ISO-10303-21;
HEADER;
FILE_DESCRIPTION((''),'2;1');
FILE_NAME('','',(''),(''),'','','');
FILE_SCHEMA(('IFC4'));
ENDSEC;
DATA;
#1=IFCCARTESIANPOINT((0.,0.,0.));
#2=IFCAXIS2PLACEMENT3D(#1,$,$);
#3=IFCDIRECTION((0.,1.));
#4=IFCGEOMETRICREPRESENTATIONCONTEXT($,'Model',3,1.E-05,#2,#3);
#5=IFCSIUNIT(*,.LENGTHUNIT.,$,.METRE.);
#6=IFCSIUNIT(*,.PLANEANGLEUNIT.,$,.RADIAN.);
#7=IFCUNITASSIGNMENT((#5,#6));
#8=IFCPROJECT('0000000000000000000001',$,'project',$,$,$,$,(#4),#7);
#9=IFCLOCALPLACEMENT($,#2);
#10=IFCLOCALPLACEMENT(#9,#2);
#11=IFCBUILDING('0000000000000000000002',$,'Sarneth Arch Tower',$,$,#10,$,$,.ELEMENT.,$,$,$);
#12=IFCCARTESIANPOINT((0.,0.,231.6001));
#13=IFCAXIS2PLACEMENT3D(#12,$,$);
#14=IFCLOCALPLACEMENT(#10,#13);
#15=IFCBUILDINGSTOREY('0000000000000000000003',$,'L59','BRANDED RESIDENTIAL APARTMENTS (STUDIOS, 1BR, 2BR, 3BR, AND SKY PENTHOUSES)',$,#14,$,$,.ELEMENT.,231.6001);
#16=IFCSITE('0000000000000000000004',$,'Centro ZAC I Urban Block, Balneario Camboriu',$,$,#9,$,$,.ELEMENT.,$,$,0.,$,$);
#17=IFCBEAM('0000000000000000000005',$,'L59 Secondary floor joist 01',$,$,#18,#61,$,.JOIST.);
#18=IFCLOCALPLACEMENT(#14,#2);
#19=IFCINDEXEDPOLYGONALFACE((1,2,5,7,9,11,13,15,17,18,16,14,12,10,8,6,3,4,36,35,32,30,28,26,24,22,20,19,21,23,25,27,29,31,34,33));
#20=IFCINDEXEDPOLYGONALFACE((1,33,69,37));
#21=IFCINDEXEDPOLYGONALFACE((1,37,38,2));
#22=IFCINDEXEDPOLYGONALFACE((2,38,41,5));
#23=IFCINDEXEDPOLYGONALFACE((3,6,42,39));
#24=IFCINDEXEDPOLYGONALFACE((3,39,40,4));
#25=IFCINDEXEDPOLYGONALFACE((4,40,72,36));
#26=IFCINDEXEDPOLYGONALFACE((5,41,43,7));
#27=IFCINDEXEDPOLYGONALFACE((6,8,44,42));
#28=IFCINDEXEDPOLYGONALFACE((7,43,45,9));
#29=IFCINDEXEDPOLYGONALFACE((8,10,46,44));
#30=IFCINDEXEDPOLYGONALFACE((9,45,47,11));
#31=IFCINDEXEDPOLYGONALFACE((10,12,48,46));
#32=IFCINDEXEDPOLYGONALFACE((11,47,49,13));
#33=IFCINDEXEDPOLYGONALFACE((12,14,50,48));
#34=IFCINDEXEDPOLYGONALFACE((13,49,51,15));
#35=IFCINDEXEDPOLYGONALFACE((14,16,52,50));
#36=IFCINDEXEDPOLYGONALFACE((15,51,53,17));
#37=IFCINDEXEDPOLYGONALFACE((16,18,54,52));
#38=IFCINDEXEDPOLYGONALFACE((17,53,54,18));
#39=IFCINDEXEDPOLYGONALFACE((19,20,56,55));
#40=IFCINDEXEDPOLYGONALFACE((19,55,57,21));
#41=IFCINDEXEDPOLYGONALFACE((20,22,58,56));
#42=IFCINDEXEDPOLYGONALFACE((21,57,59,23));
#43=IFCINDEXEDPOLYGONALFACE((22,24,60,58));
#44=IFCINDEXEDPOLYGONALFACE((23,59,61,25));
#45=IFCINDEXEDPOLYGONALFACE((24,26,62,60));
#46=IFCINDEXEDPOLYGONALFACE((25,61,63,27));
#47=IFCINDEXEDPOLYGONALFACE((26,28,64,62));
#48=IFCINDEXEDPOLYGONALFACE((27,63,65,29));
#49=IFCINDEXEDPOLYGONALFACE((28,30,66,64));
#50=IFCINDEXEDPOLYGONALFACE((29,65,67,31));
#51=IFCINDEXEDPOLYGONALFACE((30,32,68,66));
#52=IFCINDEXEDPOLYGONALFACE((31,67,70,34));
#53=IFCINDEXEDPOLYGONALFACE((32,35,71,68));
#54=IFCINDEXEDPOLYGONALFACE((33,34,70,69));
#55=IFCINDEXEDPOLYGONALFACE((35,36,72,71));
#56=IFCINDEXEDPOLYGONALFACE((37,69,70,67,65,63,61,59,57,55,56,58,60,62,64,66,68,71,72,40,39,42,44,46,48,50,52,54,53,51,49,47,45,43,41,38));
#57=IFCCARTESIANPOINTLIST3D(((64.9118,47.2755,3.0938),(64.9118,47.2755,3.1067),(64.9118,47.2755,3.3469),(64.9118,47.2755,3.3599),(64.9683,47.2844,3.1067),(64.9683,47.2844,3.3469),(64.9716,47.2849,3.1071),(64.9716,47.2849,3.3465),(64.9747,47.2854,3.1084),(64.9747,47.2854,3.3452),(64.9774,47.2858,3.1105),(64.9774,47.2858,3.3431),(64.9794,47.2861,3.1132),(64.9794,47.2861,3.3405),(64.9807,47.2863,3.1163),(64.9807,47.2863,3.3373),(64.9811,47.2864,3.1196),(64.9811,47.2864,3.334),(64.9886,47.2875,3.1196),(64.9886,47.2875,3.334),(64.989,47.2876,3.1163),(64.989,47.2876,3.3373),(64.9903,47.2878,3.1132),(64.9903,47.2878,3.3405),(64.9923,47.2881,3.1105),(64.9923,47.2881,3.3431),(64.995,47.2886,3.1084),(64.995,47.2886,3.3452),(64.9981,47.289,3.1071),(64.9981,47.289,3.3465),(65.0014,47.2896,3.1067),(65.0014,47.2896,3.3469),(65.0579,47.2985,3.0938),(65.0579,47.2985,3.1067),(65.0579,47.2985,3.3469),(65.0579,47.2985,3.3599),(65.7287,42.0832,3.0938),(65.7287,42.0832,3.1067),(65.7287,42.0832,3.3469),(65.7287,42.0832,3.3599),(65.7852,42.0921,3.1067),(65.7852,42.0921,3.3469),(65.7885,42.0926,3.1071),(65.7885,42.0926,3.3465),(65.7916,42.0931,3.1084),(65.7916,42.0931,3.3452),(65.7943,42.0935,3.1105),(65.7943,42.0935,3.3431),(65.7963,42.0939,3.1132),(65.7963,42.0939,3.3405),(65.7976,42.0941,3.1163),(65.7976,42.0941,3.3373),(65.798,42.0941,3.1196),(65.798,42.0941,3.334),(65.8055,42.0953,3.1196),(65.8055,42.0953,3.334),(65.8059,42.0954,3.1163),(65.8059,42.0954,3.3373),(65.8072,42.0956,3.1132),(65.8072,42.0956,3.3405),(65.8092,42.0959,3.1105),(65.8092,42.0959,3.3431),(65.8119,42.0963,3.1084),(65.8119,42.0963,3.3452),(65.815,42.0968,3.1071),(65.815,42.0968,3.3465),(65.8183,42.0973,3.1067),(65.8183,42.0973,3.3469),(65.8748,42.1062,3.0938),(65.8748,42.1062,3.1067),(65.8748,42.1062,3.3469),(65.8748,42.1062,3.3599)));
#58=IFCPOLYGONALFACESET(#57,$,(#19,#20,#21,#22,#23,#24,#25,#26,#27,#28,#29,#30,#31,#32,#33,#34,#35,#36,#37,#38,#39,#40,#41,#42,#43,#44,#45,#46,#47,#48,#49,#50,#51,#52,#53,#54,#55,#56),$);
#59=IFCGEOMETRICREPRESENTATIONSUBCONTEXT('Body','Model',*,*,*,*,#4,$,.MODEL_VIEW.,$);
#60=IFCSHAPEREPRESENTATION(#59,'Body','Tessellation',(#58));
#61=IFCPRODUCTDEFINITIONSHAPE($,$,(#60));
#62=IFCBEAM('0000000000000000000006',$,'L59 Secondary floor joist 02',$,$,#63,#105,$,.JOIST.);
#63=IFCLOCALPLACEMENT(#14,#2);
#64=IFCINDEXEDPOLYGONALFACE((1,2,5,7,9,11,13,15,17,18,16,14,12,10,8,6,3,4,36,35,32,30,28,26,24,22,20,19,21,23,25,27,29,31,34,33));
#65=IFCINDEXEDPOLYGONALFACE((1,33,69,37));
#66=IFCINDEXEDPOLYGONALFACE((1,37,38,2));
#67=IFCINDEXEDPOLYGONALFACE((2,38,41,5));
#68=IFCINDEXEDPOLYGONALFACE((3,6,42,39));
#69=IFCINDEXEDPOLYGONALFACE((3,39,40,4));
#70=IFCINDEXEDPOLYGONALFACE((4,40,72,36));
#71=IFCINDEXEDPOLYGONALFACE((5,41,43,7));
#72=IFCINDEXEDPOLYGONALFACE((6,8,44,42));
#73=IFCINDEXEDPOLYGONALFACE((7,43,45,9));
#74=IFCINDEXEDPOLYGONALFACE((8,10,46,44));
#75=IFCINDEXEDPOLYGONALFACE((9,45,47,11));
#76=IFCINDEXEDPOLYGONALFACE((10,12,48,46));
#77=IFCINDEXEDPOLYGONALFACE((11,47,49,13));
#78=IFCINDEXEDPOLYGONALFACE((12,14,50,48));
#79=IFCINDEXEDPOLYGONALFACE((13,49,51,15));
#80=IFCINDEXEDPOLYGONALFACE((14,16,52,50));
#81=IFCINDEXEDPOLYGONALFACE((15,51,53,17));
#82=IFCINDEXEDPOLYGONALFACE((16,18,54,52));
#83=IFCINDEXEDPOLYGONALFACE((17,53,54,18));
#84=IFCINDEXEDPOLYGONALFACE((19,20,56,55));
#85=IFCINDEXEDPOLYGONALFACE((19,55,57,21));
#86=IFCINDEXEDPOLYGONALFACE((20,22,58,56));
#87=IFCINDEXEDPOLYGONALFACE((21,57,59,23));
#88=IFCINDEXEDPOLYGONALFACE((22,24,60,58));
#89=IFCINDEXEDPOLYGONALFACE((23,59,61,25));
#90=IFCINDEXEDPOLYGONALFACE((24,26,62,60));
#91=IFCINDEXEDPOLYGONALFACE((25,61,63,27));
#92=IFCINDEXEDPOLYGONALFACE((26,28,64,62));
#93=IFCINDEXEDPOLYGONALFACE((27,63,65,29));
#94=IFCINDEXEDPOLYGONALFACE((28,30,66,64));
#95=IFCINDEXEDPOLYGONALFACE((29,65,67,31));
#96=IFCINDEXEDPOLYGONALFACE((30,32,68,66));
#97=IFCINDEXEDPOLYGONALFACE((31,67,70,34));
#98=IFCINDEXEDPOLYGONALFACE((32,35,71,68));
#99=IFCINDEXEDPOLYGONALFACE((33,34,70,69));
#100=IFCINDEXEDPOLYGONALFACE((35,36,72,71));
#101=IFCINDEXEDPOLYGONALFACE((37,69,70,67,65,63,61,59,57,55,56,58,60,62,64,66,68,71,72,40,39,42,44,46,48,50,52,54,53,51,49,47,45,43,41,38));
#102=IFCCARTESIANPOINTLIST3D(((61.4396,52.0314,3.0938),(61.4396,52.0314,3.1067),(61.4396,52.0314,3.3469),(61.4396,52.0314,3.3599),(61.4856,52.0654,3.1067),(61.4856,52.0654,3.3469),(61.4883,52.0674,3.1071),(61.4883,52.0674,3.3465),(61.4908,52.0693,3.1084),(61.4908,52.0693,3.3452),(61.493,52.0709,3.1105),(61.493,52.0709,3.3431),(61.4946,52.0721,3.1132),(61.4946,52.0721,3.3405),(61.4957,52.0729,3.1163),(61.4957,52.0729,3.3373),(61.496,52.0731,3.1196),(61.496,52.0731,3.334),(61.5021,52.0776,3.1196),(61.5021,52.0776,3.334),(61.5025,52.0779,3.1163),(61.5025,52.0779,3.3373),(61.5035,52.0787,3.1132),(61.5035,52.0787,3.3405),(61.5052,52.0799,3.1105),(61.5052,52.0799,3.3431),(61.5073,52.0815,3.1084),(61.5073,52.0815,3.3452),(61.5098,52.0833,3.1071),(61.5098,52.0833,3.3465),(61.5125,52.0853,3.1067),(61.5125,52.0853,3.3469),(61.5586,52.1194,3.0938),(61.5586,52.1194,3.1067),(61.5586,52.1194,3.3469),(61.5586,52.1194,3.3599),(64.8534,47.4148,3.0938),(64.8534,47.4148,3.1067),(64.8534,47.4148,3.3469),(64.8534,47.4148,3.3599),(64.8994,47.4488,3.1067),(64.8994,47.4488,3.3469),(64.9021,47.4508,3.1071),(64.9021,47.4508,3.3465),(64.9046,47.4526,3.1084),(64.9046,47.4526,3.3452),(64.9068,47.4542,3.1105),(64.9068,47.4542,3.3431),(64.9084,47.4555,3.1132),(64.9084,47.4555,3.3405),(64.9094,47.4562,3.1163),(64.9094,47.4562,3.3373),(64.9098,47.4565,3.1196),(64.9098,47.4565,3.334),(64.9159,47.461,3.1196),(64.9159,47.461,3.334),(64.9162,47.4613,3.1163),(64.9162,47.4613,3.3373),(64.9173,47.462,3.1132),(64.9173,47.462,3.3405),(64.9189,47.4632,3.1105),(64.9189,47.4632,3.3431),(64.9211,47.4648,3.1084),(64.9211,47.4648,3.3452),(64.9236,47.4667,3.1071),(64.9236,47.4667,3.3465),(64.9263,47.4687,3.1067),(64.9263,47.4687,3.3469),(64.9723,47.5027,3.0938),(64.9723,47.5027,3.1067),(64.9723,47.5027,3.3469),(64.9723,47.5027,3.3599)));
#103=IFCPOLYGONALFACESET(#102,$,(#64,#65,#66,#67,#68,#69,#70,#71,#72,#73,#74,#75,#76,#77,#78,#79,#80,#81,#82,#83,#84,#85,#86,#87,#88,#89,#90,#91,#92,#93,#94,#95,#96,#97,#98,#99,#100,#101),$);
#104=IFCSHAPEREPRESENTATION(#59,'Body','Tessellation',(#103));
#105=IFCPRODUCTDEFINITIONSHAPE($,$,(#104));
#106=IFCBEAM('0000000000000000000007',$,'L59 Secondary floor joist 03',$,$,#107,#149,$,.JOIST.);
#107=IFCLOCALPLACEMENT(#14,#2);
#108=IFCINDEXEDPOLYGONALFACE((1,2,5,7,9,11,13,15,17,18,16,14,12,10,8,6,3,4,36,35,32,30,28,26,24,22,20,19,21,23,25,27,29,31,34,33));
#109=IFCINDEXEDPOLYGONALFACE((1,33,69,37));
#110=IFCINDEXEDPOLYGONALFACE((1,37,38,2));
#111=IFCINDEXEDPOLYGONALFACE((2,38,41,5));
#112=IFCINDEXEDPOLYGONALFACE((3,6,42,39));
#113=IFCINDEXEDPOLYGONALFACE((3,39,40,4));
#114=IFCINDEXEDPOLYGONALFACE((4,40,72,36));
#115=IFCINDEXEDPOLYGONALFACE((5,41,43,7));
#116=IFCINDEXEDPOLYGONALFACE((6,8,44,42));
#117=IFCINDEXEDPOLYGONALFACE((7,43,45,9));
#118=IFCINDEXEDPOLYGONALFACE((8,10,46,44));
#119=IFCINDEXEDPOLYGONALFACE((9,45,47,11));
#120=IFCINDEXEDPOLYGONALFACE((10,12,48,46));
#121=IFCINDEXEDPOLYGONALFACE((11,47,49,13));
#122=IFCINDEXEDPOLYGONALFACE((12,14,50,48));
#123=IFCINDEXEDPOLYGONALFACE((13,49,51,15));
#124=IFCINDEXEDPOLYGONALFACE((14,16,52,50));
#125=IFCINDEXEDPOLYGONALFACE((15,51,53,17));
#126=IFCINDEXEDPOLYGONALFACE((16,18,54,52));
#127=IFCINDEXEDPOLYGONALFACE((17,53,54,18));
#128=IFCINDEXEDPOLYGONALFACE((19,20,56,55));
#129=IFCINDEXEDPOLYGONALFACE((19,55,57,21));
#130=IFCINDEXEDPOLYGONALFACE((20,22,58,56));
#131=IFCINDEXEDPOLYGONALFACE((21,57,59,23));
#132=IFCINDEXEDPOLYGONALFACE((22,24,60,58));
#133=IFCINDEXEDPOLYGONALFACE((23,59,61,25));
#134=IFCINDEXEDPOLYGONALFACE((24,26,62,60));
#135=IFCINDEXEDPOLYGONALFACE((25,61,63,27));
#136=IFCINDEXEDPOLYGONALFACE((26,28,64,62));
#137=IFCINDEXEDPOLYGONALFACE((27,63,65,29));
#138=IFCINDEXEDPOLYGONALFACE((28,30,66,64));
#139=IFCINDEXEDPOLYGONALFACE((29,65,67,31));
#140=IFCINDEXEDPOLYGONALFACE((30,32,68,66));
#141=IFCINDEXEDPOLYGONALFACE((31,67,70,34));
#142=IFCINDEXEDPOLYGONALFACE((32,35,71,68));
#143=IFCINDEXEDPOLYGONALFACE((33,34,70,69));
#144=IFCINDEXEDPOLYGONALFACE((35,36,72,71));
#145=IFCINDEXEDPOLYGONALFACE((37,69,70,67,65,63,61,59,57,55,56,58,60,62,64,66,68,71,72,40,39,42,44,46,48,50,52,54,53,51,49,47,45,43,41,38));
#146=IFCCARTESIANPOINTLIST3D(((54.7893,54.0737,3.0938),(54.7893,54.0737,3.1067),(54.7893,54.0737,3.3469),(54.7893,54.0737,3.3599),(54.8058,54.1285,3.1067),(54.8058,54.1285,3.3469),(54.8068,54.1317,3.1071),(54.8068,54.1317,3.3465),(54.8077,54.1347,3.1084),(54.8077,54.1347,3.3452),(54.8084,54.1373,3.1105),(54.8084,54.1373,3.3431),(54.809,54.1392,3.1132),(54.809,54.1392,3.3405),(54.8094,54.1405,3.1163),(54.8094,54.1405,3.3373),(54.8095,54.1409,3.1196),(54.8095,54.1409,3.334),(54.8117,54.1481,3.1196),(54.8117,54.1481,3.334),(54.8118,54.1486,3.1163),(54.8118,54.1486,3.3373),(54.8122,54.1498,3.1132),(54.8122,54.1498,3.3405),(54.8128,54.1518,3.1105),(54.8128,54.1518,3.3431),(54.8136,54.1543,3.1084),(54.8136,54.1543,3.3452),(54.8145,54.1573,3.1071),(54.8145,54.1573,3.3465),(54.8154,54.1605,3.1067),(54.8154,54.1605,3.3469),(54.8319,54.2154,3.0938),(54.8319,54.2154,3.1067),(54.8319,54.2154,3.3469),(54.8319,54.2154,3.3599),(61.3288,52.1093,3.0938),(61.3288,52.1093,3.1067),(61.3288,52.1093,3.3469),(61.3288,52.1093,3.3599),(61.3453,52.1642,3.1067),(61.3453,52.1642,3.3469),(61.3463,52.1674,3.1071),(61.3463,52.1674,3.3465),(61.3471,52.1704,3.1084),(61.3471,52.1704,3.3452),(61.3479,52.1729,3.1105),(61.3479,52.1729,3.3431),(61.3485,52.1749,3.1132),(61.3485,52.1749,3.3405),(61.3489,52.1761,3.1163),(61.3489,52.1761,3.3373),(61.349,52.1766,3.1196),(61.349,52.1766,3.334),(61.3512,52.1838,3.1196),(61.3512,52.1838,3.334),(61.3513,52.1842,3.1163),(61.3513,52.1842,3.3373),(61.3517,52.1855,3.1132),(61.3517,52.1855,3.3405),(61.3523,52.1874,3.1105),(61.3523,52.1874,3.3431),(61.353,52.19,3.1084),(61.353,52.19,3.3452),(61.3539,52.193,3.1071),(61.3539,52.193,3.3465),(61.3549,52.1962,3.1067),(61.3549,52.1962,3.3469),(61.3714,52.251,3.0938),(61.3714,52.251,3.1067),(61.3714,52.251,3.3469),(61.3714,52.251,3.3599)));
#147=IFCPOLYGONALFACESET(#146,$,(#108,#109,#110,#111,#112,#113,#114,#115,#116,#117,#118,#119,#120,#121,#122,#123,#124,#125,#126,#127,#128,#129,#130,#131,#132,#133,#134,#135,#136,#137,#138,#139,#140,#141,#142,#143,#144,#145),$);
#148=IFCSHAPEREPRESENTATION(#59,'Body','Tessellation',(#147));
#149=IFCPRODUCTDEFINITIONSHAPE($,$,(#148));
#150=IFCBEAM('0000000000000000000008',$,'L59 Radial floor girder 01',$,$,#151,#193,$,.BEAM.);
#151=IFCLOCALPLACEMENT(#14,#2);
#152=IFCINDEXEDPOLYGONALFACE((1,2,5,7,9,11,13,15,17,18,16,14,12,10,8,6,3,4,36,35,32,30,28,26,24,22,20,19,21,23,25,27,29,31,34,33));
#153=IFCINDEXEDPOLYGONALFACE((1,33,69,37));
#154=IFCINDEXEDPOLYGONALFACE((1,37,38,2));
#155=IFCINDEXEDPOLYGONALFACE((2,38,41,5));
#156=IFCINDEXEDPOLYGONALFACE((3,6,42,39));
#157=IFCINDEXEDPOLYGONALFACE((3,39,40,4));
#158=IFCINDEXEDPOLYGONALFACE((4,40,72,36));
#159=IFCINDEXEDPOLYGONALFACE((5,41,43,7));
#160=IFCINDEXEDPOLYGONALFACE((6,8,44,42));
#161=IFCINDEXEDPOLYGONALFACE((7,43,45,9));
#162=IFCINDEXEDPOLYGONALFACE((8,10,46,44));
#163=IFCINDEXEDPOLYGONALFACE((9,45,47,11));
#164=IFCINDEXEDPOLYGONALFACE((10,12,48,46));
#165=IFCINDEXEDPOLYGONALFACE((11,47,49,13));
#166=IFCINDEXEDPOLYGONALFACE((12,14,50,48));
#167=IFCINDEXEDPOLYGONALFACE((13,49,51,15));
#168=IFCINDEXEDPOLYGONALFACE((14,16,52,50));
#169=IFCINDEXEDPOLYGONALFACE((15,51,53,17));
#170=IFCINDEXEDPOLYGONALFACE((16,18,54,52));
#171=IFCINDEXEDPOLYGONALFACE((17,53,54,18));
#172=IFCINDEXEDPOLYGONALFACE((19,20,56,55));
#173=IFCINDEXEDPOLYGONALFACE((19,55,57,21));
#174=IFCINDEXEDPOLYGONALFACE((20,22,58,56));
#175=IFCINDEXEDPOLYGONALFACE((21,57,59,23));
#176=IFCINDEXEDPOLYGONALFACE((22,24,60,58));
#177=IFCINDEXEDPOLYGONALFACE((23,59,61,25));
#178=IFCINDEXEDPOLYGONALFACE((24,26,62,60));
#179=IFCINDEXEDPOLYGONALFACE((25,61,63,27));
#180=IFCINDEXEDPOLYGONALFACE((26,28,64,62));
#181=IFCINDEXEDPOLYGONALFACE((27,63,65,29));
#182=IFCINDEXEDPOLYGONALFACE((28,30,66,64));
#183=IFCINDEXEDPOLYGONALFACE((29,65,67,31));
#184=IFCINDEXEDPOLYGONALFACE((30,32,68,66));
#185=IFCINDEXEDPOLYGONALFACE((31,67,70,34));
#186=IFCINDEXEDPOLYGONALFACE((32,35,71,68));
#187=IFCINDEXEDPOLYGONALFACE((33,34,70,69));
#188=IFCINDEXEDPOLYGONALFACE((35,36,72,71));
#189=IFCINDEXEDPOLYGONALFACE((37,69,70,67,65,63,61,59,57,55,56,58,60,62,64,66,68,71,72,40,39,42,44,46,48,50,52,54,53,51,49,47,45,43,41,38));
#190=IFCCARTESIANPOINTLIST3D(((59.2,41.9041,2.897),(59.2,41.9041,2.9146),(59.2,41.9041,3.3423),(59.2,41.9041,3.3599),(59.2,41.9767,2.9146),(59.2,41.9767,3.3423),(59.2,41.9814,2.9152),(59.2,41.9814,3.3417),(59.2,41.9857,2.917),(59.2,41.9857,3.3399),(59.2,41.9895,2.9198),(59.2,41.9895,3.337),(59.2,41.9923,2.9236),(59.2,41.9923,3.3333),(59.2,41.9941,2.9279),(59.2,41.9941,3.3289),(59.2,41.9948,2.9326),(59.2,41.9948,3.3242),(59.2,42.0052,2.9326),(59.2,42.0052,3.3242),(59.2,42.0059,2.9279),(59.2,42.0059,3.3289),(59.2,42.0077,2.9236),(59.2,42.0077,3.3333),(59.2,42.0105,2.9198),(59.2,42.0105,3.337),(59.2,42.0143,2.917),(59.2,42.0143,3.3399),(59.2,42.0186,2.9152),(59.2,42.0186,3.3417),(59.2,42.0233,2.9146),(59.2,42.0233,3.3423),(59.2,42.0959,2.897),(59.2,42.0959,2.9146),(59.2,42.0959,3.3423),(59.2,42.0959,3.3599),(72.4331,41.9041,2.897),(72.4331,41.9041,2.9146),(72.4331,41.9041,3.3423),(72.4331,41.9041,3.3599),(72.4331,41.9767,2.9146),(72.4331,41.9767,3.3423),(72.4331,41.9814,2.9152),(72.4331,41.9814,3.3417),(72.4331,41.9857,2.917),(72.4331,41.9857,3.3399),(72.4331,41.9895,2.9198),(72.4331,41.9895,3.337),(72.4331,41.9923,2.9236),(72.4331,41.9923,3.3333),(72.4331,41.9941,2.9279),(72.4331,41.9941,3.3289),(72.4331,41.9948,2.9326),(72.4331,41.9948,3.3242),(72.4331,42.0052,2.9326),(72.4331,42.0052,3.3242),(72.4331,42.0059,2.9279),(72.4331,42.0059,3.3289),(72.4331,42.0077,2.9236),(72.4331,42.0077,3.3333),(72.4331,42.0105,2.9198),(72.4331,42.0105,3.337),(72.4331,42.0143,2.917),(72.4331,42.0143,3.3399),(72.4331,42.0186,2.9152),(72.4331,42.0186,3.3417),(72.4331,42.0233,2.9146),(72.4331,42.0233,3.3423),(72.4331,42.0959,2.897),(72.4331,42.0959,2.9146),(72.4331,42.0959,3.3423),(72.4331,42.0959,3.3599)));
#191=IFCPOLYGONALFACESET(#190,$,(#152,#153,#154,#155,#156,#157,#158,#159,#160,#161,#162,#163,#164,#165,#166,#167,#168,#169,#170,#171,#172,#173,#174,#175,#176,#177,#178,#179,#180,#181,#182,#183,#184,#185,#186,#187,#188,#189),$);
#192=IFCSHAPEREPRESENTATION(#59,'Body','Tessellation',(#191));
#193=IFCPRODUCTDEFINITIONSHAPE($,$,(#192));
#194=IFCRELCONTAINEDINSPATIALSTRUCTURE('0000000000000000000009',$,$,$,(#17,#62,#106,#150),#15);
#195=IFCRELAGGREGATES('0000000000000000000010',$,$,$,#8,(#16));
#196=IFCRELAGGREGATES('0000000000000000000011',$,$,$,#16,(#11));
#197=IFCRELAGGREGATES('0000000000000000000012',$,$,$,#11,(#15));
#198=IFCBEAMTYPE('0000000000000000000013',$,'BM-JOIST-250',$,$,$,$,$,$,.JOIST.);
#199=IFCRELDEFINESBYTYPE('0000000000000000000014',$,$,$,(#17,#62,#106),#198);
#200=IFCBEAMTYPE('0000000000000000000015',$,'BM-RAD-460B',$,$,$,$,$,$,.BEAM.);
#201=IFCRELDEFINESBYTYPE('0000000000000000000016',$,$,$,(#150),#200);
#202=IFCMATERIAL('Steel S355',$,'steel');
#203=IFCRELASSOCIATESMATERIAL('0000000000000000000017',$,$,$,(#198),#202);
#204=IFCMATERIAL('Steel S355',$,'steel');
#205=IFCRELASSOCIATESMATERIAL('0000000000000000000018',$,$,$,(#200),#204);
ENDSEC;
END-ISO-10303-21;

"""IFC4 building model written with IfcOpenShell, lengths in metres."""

from ifc_helpers import new_model, si_unit, direction, frame, origin, origin_2d, place, context, subcontext, project, spatial, i_section, extrude, material, material_profile, profile_set, type_object, element, save


model = new_model("IFC4")

# Units and contexts
model_context = context("Model", 3, precision=1e-05, world=origin(), true_north=direction((0.0, 1.0)))
body_context = subcontext(model_context, "Body", "Model", "MODEL_VIEW")
ifc_project = project(units=[si_unit("LENGTHUNIT", "METRE"), si_unit("PLANEANGLEUNIT", "RADIAN")], contexts=[model_context])

# Site, building, storey
site_placement = place(None, origin())
site = spatial("IfcSite", under=ifc_project, at=site_placement, Name="Centro ZAC I Urban Block, Balneario Camboriu", CompositionType="ELEMENT", RefElevation=0.0)
building_placement = place(site_placement, origin())
building = spatial("IfcBuilding", under=site, at=building_placement, Name="Sarneth Arch Tower", CompositionType="ELEMENT")
storey_placement = place(building_placement, frame((0.0, 0.0, 231.6001)))
storey = spatial("IfcBuildingStorey", under=building, at=storey_placement, Name="L59", Description="BRANDED RESIDENTIAL APARTMENTS (STUDIOS, 1BR, 2BR, 3BR, AND SKY PENTHOUSES)", CompositionType="ELEMENT", Elevation=231.6001)

# Beams
ifc_material_1 = material(Name="Steel S355", Category="steel")
ifc_material_profile_1 = material_profile(ifc_material_1, i_section(OverallWidth=0.1479, OverallDepth=0.2661, WebThickness=0.0076, FlangeThickness=0.0129, FilletRadius=0.0129, at=origin_2d()), Name="W250x44.8")
ifc_profile_set_1 = profile_set([ifc_material_profile_1], Name="Steel S355")
beam_type_1 = type_object("IfcBeamType", Name="BM-JOIST-250", PredefinedType="JOIST", material=ifc_profile_set_1)
beam_1_placement = place(storey_placement, frame((65.8018, 42.0947, 3.2268), z_axis=(-0.155421, 0.987848, 0.0), x_axis=(-0.987848, -0.155421, 0.0)))
element("IfcBeam", 1, at=beam_1_placement, inside=storey, type_object=beam_type_1, Name="L59 Secondary floor joist 01", PredefinedType="JOIST", context=body_context, shape_type="SweptSolid", body=[
    extrude(i_section(OverallWidth=0.1479, OverallDepth=0.2661, WebThickness=0.0076, FlangeThickness=0.0129, FilletRadius=0.0129, at=origin_2d()), origin(), (0.0, 0.0, 1.0), 5.2561),
])
beam_2_placement = place(storey_placement, frame((64.9128, 47.4587, 3.2268), z_axis=(-0.594557, 0.804053, 0.0), x_axis=(-0.804053, -0.594557, 0.0)))
element("IfcBeam", 2, at=beam_2_placement, inside=storey, type_object=beam_type_1, Name="L59 Secondary floor joist 02", PredefinedType="JOIST", context=body_context, shape_type="SweptSolid", body=[
    extrude(i_section(OverallWidth=0.1479, OverallDepth=0.2661, WebThickness=0.0076, FlangeThickness=0.0129, FilletRadius=0.0129, at=origin_2d()), origin(), (0.0, 0.0, 1.0), 5.7417),
])
beam_3_placement = place(storey_placement, frame((61.3501, 52.1802, 3.2268), z_axis=(-0.957726, 0.287682, 0.0), x_axis=(-0.287682, -0.957726, 0.0)))
element("IfcBeam", 3, at=beam_3_placement, inside=storey, type_object=beam_type_1, Name="L59 Secondary floor joist 03", PredefinedType="JOIST", context=body_context, shape_type="SweptSolid", body=[
    extrude(i_section(OverallWidth=0.1479, OverallDepth=0.2661, WebThickness=0.0076, FlangeThickness=0.0129, FilletRadius=0.0129, at=origin_2d()), origin(), (0.0, 0.0, 1.0), 6.8281),
])
ifc_material_2 = material(Name="Steel S355", Category="steel")
ifc_material_profile_2 = material_profile(ifc_material_2, i_section(OverallWidth=0.1919, OverallDepth=0.4629, WebThickness=0.0105, FlangeThickness=0.0176, FilletRadius=0.0181, at=origin_2d()), Name="W460x89")
ifc_profile_set_2 = profile_set([ifc_material_profile_2], Name="Steel S355")
beam_type_2 = type_object("IfcBeamType", Name="BM-RAD-460B", PredefinedType="BEAM", material=ifc_profile_set_2)
beam_4_placement = place(storey_placement, frame((59.2, 42.0, 3.1284), z_axis=(1.0, 0.0, 0.0), x_axis=(0.0, 1.0, 0.0)))
element("IfcBeam", 4, at=beam_4_placement, inside=storey, type_object=beam_type_2, Name="L59 Radial floor girder 01", PredefinedType="BEAM", context=body_context, shape_type="SweptSolid", body=[
    extrude(i_section(OverallWidth=0.1919, OverallDepth=0.4629, WebThickness=0.0105, FlangeThickness=0.0176, FilletRadius=0.0181, at=origin_2d()), origin(), (0.0, 0.0, 1.0), 13.2332),
])

save(model, "model.ifc")
